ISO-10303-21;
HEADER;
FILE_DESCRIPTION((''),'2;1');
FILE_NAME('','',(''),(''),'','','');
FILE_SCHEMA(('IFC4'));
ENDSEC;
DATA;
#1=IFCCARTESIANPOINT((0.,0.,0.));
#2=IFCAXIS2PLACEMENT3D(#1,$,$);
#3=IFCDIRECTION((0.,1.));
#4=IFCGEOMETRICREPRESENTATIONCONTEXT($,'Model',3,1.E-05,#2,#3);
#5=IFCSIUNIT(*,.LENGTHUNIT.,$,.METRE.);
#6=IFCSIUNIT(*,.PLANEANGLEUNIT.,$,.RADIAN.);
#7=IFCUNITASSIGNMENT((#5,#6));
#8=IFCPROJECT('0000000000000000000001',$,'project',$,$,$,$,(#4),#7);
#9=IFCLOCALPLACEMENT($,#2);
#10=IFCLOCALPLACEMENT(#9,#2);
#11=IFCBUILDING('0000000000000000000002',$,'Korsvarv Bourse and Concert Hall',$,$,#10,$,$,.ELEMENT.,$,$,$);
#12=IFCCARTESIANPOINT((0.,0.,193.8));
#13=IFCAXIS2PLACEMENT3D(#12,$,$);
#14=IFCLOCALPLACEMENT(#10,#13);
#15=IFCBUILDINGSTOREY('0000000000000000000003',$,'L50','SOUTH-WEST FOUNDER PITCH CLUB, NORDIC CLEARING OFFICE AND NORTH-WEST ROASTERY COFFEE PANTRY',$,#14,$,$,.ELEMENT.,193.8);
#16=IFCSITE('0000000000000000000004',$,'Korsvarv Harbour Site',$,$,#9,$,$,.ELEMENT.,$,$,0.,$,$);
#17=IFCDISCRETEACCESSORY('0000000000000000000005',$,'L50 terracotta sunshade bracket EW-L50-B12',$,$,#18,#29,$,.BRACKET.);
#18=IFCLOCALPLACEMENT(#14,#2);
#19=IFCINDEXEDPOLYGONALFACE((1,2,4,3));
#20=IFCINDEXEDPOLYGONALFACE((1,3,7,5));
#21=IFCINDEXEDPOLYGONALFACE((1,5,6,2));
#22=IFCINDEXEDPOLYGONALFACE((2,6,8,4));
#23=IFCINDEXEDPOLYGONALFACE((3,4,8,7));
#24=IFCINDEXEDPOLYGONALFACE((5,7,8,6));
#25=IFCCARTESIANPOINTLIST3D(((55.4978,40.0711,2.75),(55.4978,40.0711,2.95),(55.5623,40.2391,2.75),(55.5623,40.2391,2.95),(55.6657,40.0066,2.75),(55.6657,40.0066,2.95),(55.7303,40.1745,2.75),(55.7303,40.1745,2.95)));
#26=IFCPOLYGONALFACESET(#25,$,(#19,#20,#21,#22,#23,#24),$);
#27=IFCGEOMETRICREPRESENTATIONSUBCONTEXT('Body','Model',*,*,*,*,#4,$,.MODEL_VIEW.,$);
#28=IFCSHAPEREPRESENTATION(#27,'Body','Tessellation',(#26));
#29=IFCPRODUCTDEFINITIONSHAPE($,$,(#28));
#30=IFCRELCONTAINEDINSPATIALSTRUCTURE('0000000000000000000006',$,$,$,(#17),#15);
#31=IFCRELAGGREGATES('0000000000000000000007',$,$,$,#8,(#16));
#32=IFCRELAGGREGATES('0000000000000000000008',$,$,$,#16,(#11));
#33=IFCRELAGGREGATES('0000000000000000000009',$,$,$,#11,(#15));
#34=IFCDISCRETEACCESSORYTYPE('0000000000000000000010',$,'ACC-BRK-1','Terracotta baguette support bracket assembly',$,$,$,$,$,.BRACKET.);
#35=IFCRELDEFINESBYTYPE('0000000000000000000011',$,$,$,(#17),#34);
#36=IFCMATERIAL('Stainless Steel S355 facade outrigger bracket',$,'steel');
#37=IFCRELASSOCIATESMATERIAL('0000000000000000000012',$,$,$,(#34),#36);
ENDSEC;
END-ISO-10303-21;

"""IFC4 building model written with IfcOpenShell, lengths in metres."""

from ifc_helpers import new_model, si_unit, direction, frame, origin, origin_2d, place, context, subcontext, project, spatial, rectangle, extrude, source, transform, mapped, material, type_object, element, save


model = new_model("IFC4")

# Units and contexts
model_context = context("Model", 3, precision=1e-05, world=origin(), true_north=direction((0.0, 1.0)))
body_context = subcontext(model_context, "Body", "Model", "MODEL_VIEW")
ifc_project = project(units=[si_unit("LENGTHUNIT", "METRE"), si_unit("PLANEANGLEUNIT", "RADIAN")], contexts=[model_context])

# Site, building, storey
site_placement = place(None, origin())
site = spatial("IfcSite", under=ifc_project, at=site_placement, Name="Korsvarv Harbour Site", CompositionType="ELEMENT", RefElevation=0.0)
building_placement = place(site_placement, origin())
building = spatial("IfcBuilding", under=site, at=building_placement, Name="Korsvarv Bourse and Concert Hall", CompositionType="ELEMENT")
storey_placement = place(building_placement, frame((0.0, 0.0, 193.8)))
storey = spatial("IfcBuildingStorey", under=building, at=storey_placement, Name="L50", Description="SOUTH-WEST FOUNDER PITCH CLUB, NORDIC CLEARING OFFICE AND NORTH-WEST ROASTERY COFFEE PANTRY", CompositionType="ELEMENT", Elevation=193.8)

# Discrete accessory
ifc_material_1 = material(Name="Stainless Steel S355 facade outrigger bracket", Category="steel")
discrete_accessory_type = type_object("IfcDiscreteAccessoryType", Name="ACC-BRK-1", Description="Terracotta baguette support bracket assembly", PredefinedType="BRACKET", material=ifc_material_1)
shared_shape_1 = source(origin(), body_context, "Body", "SweptSolid", [
    extrude(rectangle(XDim=0.1799, YDim=0.1799, at=origin_2d()), origin(), (0.0, 0.0, 1.0), 0.2),
])
for number, where, z_axis, x_axis, name in (
    (1, (55.614, 40.1228, 2.75), (0.0, 0.0, 1.0), (0.358694, 0.933455, 0.0), "L50 terracotta sunshade bracket EW-L50-B12"),
):
    element("IfcDiscreteAccessory", number, at=place(storey_placement, frame(where, z_axis=z_axis, x_axis=x_axis)), inside=storey, type_object=discrete_accessory_type, Name=name, PredefinedType="BRACKET", context=body_context, shape_type="MappedRepresentation", body=[
        mapped(shared_shape_1, transform((0.0, 0.0, 0.0), scale=1.0)),
    ])

save(model, "model.ifc")
